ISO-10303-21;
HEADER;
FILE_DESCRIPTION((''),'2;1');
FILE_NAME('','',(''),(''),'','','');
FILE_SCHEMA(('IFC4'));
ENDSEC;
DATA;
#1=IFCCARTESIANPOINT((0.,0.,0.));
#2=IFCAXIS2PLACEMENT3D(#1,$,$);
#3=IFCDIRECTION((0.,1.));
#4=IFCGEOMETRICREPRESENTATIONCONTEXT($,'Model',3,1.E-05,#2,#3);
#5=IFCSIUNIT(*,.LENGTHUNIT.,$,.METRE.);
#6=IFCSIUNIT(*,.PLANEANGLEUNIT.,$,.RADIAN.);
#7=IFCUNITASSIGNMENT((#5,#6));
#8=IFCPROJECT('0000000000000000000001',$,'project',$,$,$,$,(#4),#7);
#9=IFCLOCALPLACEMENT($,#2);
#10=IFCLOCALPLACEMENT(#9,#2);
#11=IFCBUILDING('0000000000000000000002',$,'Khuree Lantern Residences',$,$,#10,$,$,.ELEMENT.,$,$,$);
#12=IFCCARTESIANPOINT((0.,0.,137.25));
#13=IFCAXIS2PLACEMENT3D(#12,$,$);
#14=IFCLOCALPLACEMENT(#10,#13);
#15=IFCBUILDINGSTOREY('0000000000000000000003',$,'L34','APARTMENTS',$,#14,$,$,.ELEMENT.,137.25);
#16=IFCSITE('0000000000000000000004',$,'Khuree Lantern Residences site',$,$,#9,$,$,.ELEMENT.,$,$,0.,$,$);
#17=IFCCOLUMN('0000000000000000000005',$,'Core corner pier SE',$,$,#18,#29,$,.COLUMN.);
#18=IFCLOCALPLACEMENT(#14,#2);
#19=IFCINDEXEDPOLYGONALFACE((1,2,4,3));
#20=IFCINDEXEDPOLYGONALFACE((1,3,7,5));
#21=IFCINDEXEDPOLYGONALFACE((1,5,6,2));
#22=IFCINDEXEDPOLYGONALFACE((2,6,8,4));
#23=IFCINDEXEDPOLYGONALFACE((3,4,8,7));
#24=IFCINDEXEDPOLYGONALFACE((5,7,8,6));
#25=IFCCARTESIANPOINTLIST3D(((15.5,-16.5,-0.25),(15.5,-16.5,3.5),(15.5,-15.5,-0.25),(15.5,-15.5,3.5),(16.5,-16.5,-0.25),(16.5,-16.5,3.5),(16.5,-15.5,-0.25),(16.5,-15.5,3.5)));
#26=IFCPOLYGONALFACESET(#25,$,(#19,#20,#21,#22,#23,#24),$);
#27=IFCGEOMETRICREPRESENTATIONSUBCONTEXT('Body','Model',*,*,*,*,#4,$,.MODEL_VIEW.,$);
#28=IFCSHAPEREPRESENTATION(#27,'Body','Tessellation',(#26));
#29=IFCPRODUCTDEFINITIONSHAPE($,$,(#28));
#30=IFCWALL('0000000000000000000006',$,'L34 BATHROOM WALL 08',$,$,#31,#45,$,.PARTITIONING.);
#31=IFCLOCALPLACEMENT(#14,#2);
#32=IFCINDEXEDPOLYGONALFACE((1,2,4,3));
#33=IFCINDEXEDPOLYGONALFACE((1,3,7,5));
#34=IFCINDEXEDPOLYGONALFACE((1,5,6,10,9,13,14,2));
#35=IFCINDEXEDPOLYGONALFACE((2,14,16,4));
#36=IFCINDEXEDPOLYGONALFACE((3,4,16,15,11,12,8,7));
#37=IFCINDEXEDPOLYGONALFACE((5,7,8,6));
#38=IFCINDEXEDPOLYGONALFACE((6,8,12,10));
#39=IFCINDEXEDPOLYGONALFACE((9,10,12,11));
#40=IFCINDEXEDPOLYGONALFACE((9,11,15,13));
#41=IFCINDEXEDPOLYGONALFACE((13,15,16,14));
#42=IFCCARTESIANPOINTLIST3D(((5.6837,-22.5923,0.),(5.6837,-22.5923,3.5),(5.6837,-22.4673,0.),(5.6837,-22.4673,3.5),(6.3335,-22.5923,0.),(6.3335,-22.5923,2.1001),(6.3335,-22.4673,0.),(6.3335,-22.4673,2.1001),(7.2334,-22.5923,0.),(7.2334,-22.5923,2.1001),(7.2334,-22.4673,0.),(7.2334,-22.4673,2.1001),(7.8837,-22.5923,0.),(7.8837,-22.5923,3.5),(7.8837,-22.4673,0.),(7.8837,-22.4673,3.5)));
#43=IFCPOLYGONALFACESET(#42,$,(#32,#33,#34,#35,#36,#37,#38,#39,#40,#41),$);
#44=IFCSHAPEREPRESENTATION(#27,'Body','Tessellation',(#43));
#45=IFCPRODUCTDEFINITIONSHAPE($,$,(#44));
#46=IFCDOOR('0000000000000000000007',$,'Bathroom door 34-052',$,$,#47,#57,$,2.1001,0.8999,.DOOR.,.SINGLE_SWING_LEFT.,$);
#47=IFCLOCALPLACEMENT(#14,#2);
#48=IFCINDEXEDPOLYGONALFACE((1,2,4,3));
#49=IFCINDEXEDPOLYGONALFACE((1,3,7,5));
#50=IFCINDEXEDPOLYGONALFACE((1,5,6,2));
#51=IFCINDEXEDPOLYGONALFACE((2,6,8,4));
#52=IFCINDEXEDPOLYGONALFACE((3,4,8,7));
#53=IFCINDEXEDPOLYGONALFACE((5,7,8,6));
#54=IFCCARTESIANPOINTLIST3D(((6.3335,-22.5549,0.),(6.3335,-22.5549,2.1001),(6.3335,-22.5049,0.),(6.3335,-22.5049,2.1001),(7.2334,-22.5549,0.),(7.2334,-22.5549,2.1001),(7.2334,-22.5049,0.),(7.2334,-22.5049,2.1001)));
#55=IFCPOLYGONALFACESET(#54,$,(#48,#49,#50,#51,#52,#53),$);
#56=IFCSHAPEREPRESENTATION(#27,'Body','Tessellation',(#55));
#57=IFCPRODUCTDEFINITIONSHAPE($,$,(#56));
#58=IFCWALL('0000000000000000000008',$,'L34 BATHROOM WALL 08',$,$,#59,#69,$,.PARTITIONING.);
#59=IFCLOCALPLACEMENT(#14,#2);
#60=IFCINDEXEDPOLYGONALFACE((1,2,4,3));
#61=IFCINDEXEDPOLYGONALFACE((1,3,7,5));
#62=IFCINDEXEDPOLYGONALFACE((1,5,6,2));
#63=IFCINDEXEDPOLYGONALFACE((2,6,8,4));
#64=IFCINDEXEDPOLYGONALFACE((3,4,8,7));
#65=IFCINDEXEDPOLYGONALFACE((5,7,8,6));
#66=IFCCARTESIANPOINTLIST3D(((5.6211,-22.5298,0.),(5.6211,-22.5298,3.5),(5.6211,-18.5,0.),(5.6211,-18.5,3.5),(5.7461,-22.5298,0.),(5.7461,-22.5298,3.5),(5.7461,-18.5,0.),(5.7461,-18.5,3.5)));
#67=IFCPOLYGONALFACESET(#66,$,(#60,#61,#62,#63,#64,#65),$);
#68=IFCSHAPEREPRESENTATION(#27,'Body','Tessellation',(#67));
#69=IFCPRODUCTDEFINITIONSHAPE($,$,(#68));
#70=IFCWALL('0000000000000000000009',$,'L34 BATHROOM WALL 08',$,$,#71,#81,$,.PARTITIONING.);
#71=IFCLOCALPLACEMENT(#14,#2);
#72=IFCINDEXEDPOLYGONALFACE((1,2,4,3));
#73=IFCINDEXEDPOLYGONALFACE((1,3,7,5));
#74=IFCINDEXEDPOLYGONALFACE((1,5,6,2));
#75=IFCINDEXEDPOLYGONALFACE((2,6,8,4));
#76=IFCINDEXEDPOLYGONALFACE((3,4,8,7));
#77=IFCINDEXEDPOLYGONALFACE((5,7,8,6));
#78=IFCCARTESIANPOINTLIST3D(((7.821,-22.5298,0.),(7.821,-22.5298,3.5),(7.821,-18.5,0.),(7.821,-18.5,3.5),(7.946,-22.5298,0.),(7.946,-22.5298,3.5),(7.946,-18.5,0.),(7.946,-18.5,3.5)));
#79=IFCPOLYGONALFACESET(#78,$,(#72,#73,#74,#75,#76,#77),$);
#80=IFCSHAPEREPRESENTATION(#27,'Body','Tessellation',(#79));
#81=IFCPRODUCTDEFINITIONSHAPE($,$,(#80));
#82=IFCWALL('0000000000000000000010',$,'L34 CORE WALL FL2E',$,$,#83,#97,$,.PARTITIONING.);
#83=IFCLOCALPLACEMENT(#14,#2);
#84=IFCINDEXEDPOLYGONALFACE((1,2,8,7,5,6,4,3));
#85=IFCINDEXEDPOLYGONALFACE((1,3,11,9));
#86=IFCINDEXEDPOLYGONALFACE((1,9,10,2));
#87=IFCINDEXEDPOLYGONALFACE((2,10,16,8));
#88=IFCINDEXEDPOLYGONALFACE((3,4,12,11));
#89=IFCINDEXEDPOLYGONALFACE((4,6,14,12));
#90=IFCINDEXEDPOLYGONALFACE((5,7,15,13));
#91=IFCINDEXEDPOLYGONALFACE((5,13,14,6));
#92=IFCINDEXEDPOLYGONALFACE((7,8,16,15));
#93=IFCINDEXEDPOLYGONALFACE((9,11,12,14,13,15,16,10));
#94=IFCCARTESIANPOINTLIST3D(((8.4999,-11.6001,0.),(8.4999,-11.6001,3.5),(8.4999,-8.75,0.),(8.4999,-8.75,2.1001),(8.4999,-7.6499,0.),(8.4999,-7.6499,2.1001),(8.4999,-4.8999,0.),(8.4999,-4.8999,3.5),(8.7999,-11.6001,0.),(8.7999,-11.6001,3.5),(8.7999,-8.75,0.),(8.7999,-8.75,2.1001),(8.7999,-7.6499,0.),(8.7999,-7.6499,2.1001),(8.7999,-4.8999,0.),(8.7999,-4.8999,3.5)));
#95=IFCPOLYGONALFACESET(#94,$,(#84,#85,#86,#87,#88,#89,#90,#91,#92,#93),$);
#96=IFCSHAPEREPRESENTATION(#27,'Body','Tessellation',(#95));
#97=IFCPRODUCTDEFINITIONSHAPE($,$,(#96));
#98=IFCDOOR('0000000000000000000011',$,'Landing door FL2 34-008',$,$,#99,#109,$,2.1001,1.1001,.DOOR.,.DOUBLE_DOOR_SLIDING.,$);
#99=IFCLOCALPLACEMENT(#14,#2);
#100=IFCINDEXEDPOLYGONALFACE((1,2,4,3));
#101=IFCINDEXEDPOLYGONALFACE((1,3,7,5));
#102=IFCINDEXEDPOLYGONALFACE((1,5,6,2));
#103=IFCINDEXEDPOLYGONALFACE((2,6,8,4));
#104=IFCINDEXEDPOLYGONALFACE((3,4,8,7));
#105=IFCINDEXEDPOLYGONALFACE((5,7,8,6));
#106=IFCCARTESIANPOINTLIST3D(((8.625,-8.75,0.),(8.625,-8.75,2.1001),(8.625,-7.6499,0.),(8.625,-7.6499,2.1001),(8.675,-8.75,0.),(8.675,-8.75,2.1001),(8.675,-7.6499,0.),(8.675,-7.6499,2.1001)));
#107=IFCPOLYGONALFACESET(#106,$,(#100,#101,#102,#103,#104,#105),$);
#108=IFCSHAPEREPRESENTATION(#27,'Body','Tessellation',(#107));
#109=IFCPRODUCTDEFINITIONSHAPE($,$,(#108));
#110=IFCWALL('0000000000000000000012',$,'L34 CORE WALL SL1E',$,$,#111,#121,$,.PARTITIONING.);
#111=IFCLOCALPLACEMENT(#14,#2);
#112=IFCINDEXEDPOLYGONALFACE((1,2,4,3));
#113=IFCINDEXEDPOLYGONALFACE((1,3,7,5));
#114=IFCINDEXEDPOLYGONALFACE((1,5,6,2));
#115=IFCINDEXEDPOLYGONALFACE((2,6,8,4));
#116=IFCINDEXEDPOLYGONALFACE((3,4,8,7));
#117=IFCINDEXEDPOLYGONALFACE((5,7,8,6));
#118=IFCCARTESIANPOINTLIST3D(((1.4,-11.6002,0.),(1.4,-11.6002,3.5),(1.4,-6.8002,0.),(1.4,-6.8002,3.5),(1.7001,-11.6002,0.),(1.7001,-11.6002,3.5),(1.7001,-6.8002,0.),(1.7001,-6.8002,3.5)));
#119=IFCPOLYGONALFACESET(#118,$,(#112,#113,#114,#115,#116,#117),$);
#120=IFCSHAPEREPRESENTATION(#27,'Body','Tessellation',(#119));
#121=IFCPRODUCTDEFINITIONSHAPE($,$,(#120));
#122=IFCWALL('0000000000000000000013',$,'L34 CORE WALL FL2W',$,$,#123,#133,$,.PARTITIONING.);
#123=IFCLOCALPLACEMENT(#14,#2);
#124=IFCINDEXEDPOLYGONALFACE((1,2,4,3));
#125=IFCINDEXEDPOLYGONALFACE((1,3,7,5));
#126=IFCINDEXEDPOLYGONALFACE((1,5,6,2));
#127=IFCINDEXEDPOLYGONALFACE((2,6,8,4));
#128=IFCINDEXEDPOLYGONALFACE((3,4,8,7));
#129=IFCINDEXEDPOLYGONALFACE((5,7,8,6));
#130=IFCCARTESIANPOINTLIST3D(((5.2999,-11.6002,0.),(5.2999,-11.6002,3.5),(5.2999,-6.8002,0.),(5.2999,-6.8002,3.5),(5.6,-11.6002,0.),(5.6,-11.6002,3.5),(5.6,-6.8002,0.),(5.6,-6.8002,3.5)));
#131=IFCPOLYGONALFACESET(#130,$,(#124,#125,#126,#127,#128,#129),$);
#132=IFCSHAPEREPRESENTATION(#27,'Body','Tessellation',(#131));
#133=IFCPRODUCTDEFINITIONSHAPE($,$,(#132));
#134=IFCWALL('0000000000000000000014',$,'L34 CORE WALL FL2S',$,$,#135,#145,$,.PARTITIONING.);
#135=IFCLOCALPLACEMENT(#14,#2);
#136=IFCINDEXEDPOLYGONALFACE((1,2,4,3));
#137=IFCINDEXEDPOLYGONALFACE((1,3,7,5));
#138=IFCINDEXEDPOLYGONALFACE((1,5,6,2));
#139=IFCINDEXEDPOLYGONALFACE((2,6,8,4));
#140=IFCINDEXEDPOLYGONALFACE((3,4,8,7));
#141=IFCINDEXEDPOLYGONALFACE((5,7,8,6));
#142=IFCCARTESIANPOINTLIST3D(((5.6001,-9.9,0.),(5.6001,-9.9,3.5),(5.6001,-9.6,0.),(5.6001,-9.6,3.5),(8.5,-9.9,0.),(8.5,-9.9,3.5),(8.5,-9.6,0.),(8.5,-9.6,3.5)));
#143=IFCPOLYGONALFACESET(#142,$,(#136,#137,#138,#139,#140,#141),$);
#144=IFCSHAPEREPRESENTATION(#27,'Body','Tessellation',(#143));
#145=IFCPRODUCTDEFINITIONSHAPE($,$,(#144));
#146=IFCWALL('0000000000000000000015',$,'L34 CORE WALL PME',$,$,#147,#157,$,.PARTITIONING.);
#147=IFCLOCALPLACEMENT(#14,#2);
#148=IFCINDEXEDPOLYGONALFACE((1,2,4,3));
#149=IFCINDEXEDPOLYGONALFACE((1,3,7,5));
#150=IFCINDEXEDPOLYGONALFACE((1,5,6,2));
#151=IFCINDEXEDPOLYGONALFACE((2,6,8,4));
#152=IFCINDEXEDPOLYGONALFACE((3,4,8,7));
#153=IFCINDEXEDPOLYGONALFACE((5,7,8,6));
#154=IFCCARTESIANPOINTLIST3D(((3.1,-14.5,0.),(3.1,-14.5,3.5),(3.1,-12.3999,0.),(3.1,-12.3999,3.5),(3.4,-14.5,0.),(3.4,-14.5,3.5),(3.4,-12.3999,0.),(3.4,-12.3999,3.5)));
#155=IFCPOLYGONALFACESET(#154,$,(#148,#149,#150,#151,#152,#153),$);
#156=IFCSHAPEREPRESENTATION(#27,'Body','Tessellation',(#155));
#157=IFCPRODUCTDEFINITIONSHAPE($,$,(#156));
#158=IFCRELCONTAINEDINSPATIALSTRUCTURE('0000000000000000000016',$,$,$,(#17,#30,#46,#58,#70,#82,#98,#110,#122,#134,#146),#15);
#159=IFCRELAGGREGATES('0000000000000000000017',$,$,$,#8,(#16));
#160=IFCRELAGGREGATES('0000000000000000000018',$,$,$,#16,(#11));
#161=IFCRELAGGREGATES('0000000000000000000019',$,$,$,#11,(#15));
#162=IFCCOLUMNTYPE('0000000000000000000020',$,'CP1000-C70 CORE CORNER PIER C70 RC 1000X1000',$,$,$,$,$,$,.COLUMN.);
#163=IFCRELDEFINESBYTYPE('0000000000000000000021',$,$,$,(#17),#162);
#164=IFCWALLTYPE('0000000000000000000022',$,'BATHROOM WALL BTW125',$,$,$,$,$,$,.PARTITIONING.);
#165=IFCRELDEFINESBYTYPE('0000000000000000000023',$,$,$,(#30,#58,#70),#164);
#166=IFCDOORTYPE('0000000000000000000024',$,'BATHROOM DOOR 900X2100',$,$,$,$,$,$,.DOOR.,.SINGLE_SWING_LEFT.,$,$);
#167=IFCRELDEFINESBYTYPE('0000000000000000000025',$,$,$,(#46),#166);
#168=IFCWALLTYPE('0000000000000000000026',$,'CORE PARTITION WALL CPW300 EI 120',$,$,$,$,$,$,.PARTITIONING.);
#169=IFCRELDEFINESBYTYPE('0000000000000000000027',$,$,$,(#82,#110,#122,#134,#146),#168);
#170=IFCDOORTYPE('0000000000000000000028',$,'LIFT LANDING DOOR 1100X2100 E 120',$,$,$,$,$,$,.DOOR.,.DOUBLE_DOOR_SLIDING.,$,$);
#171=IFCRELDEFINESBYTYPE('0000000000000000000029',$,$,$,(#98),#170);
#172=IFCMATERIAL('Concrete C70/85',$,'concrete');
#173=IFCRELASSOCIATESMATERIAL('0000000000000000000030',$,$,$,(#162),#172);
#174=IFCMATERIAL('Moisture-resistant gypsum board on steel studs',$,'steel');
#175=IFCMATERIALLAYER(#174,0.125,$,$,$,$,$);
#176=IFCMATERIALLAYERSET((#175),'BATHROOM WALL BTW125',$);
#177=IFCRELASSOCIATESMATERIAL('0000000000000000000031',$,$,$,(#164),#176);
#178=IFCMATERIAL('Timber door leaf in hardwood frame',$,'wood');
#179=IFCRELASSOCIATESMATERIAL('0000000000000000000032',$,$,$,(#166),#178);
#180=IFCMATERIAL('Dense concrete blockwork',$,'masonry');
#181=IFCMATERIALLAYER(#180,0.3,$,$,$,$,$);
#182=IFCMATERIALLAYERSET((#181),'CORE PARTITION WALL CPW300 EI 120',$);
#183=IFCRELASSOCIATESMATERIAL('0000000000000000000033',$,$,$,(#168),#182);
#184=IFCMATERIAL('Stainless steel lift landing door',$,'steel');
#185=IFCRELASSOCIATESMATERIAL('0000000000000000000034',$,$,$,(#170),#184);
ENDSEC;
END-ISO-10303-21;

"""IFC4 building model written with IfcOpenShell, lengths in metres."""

from ifc_helpers import new_model, si_unit, direction, frame, frame_2d, origin, origin_2d, place, context, subcontext, project, spatial, rectangle, extrude, material, layer, layer_set, material_profile, profile_set, type_object, element, fill, save


model = new_model("IFC4")

# Units and contexts
model_context = context("Model", 3, precision=1e-05, world=origin(), true_north=direction((0.0, 1.0)))
body_context = subcontext(model_context, "Body", "Model", "MODEL_VIEW")
ifc_project = project(units=[si_unit("LENGTHUNIT", "METRE"), si_unit("PLANEANGLEUNIT", "RADIAN")], contexts=[model_context])

# Site, building, storey
site_placement = place(None, origin())
site = spatial("IfcSite", under=ifc_project, at=site_placement, Name="Khuree Lantern Residences site", CompositionType="ELEMENT", RefElevation=0.0)
building_placement = place(site_placement, origin())
building = spatial("IfcBuilding", under=site, at=building_placement, Name="Khuree Lantern Residences", CompositionType="ELEMENT")
storey_placement = place(building_placement, frame((0.0, 0.0, 137.25)))
storey = spatial("IfcBuildingStorey", under=building, at=storey_placement, Name="L34", Description="APARTMENTS", CompositionType="ELEMENT", Elevation=137.25)

# Column
ifc_material_1 = material(Name="Concrete C70/85", Category="concrete")
ifc_material_profile = material_profile(ifc_material_1, rectangle(XDim=1.0, YDim=1.0, at=origin_2d()), Name="RC 1000X1000")
ifc_profile_set = profile_set([ifc_material_profile], Name="Concrete C70/85")
column_type = type_object("IfcColumnType", Name="CP1000-C70 CORE CORNER PIER C70 RC 1000X1000", PredefinedType="COLUMN", material=ifc_profile_set)
column_placement = place(storey_placement, frame((16.0, -16.0, -0.25), z_axis=(0.0, 0.0, 1.0), x_axis=(1.0, 0.0, 0.0)))
element("IfcColumn", 1, at=column_placement, inside=storey, type_object=column_type, Name="Core corner pier SE", PredefinedType="COLUMN", context=body_context, shape_type="SweptSolid", body=[
    extrude(rectangle(XDim=1.0, YDim=1.0, at=origin_2d()), origin(), (0.0, 0.0, 1.0), 3.75),
])

# Wall, opening, door
ifc_material_2 = material(Name="Moisture-resistant gypsum board on steel studs", Category="steel")
ifc_layer_1 = layer(ifc_material_2, 0.125)
ifc_layer_set_1 = layer_set([ifc_layer_1], Name="BATHROOM WALL BTW125")
wall_type_1 = type_object("IfcWallType", Name="BATHROOM WALL BTW125", PredefinedType="PARTITIONING", material=ifc_layer_set_1)
wall_1_placement = place(storey_placement, frame((5.6836, -22.5298, 0.0), z_axis=(0.0, 0.0, 1.0), x_axis=(1.0, 0.0, 0.0)))
wall_1 = element("IfcWall", 2, at=wall_1_placement, inside=storey, type_object=wall_type_1, Name="L34 BATHROOM WALL 08", PredefinedType="PARTITIONING", context=body_context, shape_type="SweptSolid", body=[
    extrude(rectangle(XDim=2.2, YDim=0.125, at=frame_2d((1.1001, 0.0))), origin(), (0.0, 0.0, 1.0), 3.5),
])
opening_1_placement = place(wall_1_placement, frame((0.6499, 0.0, 0.0)))
opening_1 = element("IfcOpeningElement", 3, at=opening_1_placement, cuts=wall_1, PredefinedType="OPENING", context=body_context, shape_type="SweptSolid", body=[
    extrude(rectangle(XDim=0.8999, YDim=2.1001, at=frame_2d((0.45, 1.05))), frame((0.0, 0.0725, 0.0), z_axis=(0.0, -1.0, 0.0), x_axis=(1.0, 0.0, 0.0)), (0.0, 0.0, 1.0), 0.145),
])
ifc_material_3 = material(Name="Timber door leaf in hardwood frame", Category="wood")
door_type_1 = type_object("IfcDoorType", Name="BATHROOM DOOR 900X2100", OperationType="SINGLE_SWING_LEFT", PredefinedType="DOOR", material=ifc_material_3)
door_1_placement = place(opening_1_placement, origin())
door_1 = element("IfcDoor", 4, at=door_1_placement, inside=storey, type_object=door_type_1, Name="Bathroom door 34-052", OperationType="SINGLE_SWING_LEFT", OverallHeight=2.1001, OverallWidth=0.8999, PredefinedType="DOOR", context=body_context, shape_type="SweptSolid", body=[
    extrude(rectangle(XDim=0.8999, YDim=2.1001, at=frame_2d((0.45, 1.05))), frame((0.0, 0.0249, 0.0), z_axis=(0.0, -1.0, 0.0), x_axis=(1.0, 0.0, 0.0)), (0.0, 0.0, 1.0), 0.05),
])
fill(opening_1, door_1)

# Walls
for number, where, z_axis, x_axis, name in (
    (5, (5.6836, -18.5, 0.0), (0.0, 0.0, 1.0), (0.0, -1.0, 0.0), "L34 BATHROOM WALL 08"),
    (6, (7.8835, -18.5, 0.0), (0.0, 0.0, 1.0), (0.0, -1.0, 0.0), "L34 BATHROOM WALL 08"),
):
    element("IfcWall", number, at=place(storey_placement, frame(where, z_axis=z_axis, x_axis=x_axis)), inside=storey, type_object=wall_type_1, Name=name, PredefinedType="PARTITIONING", context=body_context, shape_type="SweptSolid", body=[
        extrude(rectangle(XDim=4.0298, YDim=0.125, at=frame_2d((2.0149, 0.0))), origin(), (0.0, 0.0, 1.0), 3.5),
    ])

# Wall, opening, door
ifc_material_4 = material(Name="Dense concrete blockwork", Category="masonry")
ifc_layer_2 = layer(ifc_material_4, 0.3)
ifc_layer_set_2 = layer_set([ifc_layer_2], Name="CORE PARTITION WALL CPW300 EI 120")
wall_type_2 = type_object("IfcWallType", Name="CORE PARTITION WALL CPW300 EI 120", PredefinedType="PARTITIONING", material=ifc_layer_set_2)
wall_2_placement = place(storey_placement, frame((8.6499, -11.6001, 0.0), z_axis=(0.0, 0.0, 1.0), x_axis=(0.0, 1.0, 0.0)))
wall_2 = element("IfcWall", 7, at=wall_2_placement, inside=storey, type_object=wall_type_2, Name="L34 CORE WALL FL2E", PredefinedType="PARTITIONING", context=body_context, shape_type="SweptSolid", body=[
    extrude(rectangle(XDim=6.7002, YDim=0.3, at=frame_2d((3.3501, 0.0))), origin(), (0.0, 0.0, 1.0), 3.5),
])
opening_2_placement = place(wall_2_placement, frame((2.8501, 0.0, 0.0)))
opening_2 = element("IfcOpeningElement", 8, at=opening_2_placement, cuts=wall_2, PredefinedType="OPENING", context=body_context, shape_type="SweptSolid", body=[
    extrude(rectangle(XDim=1.1001, YDim=2.1001, at=frame_2d((0.55, 1.05))), frame((0.0, 0.1602, 0.0), z_axis=(0.0, -1.0, 0.0), x_axis=(1.0, 0.0, 0.0)), (0.0, 0.0, 1.0), 0.3201),
])
ifc_material_5 = material(Name="Stainless steel lift landing door", Category="steel")
door_type_2 = type_object("IfcDoorType", Name="LIFT LANDING DOOR 1100X2100 E 120", OperationType="DOUBLE_DOOR_SLIDING", PredefinedType="DOOR", material=ifc_material_5)
door_2_placement = place(opening_2_placement, origin())
door_2 = element("IfcDoor", 9, at=door_2_placement, inside=storey, type_object=door_type_2, Name="Landing door FL2 34-008", OperationType="DOUBLE_DOOR_SLIDING", OverallHeight=2.1001, OverallWidth=1.1001, PredefinedType="DOOR", context=body_context, shape_type="SweptSolid", body=[
    extrude(rectangle(XDim=1.1001, YDim=2.1001, at=frame_2d((0.55, 1.05))), frame((0.0, 0.0249, 0.0), z_axis=(0.0, -1.0, 0.0), x_axis=(1.0, 0.0, 0.0)), (0.0, 0.0, 1.0), 0.05),
])
fill(opening_2, door_2)

# Walls
for number, where, z_axis, x_axis, name in (
    (10, (1.55, -11.6001, 0.0), (0.0, 0.0, 1.0), (0.0, 1.0, 0.0), "L34 CORE WALL SL1E"),
    (11, (5.45, -11.6001, 0.0), (0.0, 0.0, 1.0), (0.0, 1.0, 0.0), "L34 CORE WALL FL2W"),
):
    element("IfcWall", number, at=place(storey_placement, frame(where, z_axis=z_axis, x_axis=x_axis)), inside=storey, type_object=wall_type_2, Name=name, PredefinedType="PARTITIONING", context=body_context, shape_type="SweptSolid", body=[
        extrude(rectangle(XDim=4.8, YDim=0.3, at=frame_2d((2.3999, 0.0))), origin(), (0.0, 0.0, 1.0), 3.5),
    ])
wall_3_placement = place(storey_placement, frame((5.6001, -9.75, 0.0), z_axis=(0.0, 0.0, 1.0), x_axis=(1.0, 0.0, 0.0)))
element("IfcWall", 12, at=wall_3_placement, inside=storey, type_object=wall_type_2, Name="L34 CORE WALL FL2S", PredefinedType="PARTITIONING", context=body_context, shape_type="SweptSolid", body=[
    extrude(rectangle(XDim=2.8999, YDim=0.3, at=frame_2d((1.45, 0.0))), origin(), (0.0, 0.0, 1.0), 3.5),
])
wall_4_placement = place(storey_placement, frame((3.25, -14.5, 0.0), z_axis=(0.0, 0.0, 1.0), x_axis=(0.0, 1.0, 0.0)))
element("IfcWall", 13, at=wall_4_placement, inside=storey, type_object=wall_type_2, Name="L34 CORE WALL PME", PredefinedType="PARTITIONING", context=body_context, shape_type="SweptSolid", body=[
    extrude(rectangle(XDim=2.1001, YDim=0.3, at=frame_2d((1.05, 0.0))), origin(), (0.0, 0.0, 1.0), 3.5),
])

save(model, "model.ifc")
